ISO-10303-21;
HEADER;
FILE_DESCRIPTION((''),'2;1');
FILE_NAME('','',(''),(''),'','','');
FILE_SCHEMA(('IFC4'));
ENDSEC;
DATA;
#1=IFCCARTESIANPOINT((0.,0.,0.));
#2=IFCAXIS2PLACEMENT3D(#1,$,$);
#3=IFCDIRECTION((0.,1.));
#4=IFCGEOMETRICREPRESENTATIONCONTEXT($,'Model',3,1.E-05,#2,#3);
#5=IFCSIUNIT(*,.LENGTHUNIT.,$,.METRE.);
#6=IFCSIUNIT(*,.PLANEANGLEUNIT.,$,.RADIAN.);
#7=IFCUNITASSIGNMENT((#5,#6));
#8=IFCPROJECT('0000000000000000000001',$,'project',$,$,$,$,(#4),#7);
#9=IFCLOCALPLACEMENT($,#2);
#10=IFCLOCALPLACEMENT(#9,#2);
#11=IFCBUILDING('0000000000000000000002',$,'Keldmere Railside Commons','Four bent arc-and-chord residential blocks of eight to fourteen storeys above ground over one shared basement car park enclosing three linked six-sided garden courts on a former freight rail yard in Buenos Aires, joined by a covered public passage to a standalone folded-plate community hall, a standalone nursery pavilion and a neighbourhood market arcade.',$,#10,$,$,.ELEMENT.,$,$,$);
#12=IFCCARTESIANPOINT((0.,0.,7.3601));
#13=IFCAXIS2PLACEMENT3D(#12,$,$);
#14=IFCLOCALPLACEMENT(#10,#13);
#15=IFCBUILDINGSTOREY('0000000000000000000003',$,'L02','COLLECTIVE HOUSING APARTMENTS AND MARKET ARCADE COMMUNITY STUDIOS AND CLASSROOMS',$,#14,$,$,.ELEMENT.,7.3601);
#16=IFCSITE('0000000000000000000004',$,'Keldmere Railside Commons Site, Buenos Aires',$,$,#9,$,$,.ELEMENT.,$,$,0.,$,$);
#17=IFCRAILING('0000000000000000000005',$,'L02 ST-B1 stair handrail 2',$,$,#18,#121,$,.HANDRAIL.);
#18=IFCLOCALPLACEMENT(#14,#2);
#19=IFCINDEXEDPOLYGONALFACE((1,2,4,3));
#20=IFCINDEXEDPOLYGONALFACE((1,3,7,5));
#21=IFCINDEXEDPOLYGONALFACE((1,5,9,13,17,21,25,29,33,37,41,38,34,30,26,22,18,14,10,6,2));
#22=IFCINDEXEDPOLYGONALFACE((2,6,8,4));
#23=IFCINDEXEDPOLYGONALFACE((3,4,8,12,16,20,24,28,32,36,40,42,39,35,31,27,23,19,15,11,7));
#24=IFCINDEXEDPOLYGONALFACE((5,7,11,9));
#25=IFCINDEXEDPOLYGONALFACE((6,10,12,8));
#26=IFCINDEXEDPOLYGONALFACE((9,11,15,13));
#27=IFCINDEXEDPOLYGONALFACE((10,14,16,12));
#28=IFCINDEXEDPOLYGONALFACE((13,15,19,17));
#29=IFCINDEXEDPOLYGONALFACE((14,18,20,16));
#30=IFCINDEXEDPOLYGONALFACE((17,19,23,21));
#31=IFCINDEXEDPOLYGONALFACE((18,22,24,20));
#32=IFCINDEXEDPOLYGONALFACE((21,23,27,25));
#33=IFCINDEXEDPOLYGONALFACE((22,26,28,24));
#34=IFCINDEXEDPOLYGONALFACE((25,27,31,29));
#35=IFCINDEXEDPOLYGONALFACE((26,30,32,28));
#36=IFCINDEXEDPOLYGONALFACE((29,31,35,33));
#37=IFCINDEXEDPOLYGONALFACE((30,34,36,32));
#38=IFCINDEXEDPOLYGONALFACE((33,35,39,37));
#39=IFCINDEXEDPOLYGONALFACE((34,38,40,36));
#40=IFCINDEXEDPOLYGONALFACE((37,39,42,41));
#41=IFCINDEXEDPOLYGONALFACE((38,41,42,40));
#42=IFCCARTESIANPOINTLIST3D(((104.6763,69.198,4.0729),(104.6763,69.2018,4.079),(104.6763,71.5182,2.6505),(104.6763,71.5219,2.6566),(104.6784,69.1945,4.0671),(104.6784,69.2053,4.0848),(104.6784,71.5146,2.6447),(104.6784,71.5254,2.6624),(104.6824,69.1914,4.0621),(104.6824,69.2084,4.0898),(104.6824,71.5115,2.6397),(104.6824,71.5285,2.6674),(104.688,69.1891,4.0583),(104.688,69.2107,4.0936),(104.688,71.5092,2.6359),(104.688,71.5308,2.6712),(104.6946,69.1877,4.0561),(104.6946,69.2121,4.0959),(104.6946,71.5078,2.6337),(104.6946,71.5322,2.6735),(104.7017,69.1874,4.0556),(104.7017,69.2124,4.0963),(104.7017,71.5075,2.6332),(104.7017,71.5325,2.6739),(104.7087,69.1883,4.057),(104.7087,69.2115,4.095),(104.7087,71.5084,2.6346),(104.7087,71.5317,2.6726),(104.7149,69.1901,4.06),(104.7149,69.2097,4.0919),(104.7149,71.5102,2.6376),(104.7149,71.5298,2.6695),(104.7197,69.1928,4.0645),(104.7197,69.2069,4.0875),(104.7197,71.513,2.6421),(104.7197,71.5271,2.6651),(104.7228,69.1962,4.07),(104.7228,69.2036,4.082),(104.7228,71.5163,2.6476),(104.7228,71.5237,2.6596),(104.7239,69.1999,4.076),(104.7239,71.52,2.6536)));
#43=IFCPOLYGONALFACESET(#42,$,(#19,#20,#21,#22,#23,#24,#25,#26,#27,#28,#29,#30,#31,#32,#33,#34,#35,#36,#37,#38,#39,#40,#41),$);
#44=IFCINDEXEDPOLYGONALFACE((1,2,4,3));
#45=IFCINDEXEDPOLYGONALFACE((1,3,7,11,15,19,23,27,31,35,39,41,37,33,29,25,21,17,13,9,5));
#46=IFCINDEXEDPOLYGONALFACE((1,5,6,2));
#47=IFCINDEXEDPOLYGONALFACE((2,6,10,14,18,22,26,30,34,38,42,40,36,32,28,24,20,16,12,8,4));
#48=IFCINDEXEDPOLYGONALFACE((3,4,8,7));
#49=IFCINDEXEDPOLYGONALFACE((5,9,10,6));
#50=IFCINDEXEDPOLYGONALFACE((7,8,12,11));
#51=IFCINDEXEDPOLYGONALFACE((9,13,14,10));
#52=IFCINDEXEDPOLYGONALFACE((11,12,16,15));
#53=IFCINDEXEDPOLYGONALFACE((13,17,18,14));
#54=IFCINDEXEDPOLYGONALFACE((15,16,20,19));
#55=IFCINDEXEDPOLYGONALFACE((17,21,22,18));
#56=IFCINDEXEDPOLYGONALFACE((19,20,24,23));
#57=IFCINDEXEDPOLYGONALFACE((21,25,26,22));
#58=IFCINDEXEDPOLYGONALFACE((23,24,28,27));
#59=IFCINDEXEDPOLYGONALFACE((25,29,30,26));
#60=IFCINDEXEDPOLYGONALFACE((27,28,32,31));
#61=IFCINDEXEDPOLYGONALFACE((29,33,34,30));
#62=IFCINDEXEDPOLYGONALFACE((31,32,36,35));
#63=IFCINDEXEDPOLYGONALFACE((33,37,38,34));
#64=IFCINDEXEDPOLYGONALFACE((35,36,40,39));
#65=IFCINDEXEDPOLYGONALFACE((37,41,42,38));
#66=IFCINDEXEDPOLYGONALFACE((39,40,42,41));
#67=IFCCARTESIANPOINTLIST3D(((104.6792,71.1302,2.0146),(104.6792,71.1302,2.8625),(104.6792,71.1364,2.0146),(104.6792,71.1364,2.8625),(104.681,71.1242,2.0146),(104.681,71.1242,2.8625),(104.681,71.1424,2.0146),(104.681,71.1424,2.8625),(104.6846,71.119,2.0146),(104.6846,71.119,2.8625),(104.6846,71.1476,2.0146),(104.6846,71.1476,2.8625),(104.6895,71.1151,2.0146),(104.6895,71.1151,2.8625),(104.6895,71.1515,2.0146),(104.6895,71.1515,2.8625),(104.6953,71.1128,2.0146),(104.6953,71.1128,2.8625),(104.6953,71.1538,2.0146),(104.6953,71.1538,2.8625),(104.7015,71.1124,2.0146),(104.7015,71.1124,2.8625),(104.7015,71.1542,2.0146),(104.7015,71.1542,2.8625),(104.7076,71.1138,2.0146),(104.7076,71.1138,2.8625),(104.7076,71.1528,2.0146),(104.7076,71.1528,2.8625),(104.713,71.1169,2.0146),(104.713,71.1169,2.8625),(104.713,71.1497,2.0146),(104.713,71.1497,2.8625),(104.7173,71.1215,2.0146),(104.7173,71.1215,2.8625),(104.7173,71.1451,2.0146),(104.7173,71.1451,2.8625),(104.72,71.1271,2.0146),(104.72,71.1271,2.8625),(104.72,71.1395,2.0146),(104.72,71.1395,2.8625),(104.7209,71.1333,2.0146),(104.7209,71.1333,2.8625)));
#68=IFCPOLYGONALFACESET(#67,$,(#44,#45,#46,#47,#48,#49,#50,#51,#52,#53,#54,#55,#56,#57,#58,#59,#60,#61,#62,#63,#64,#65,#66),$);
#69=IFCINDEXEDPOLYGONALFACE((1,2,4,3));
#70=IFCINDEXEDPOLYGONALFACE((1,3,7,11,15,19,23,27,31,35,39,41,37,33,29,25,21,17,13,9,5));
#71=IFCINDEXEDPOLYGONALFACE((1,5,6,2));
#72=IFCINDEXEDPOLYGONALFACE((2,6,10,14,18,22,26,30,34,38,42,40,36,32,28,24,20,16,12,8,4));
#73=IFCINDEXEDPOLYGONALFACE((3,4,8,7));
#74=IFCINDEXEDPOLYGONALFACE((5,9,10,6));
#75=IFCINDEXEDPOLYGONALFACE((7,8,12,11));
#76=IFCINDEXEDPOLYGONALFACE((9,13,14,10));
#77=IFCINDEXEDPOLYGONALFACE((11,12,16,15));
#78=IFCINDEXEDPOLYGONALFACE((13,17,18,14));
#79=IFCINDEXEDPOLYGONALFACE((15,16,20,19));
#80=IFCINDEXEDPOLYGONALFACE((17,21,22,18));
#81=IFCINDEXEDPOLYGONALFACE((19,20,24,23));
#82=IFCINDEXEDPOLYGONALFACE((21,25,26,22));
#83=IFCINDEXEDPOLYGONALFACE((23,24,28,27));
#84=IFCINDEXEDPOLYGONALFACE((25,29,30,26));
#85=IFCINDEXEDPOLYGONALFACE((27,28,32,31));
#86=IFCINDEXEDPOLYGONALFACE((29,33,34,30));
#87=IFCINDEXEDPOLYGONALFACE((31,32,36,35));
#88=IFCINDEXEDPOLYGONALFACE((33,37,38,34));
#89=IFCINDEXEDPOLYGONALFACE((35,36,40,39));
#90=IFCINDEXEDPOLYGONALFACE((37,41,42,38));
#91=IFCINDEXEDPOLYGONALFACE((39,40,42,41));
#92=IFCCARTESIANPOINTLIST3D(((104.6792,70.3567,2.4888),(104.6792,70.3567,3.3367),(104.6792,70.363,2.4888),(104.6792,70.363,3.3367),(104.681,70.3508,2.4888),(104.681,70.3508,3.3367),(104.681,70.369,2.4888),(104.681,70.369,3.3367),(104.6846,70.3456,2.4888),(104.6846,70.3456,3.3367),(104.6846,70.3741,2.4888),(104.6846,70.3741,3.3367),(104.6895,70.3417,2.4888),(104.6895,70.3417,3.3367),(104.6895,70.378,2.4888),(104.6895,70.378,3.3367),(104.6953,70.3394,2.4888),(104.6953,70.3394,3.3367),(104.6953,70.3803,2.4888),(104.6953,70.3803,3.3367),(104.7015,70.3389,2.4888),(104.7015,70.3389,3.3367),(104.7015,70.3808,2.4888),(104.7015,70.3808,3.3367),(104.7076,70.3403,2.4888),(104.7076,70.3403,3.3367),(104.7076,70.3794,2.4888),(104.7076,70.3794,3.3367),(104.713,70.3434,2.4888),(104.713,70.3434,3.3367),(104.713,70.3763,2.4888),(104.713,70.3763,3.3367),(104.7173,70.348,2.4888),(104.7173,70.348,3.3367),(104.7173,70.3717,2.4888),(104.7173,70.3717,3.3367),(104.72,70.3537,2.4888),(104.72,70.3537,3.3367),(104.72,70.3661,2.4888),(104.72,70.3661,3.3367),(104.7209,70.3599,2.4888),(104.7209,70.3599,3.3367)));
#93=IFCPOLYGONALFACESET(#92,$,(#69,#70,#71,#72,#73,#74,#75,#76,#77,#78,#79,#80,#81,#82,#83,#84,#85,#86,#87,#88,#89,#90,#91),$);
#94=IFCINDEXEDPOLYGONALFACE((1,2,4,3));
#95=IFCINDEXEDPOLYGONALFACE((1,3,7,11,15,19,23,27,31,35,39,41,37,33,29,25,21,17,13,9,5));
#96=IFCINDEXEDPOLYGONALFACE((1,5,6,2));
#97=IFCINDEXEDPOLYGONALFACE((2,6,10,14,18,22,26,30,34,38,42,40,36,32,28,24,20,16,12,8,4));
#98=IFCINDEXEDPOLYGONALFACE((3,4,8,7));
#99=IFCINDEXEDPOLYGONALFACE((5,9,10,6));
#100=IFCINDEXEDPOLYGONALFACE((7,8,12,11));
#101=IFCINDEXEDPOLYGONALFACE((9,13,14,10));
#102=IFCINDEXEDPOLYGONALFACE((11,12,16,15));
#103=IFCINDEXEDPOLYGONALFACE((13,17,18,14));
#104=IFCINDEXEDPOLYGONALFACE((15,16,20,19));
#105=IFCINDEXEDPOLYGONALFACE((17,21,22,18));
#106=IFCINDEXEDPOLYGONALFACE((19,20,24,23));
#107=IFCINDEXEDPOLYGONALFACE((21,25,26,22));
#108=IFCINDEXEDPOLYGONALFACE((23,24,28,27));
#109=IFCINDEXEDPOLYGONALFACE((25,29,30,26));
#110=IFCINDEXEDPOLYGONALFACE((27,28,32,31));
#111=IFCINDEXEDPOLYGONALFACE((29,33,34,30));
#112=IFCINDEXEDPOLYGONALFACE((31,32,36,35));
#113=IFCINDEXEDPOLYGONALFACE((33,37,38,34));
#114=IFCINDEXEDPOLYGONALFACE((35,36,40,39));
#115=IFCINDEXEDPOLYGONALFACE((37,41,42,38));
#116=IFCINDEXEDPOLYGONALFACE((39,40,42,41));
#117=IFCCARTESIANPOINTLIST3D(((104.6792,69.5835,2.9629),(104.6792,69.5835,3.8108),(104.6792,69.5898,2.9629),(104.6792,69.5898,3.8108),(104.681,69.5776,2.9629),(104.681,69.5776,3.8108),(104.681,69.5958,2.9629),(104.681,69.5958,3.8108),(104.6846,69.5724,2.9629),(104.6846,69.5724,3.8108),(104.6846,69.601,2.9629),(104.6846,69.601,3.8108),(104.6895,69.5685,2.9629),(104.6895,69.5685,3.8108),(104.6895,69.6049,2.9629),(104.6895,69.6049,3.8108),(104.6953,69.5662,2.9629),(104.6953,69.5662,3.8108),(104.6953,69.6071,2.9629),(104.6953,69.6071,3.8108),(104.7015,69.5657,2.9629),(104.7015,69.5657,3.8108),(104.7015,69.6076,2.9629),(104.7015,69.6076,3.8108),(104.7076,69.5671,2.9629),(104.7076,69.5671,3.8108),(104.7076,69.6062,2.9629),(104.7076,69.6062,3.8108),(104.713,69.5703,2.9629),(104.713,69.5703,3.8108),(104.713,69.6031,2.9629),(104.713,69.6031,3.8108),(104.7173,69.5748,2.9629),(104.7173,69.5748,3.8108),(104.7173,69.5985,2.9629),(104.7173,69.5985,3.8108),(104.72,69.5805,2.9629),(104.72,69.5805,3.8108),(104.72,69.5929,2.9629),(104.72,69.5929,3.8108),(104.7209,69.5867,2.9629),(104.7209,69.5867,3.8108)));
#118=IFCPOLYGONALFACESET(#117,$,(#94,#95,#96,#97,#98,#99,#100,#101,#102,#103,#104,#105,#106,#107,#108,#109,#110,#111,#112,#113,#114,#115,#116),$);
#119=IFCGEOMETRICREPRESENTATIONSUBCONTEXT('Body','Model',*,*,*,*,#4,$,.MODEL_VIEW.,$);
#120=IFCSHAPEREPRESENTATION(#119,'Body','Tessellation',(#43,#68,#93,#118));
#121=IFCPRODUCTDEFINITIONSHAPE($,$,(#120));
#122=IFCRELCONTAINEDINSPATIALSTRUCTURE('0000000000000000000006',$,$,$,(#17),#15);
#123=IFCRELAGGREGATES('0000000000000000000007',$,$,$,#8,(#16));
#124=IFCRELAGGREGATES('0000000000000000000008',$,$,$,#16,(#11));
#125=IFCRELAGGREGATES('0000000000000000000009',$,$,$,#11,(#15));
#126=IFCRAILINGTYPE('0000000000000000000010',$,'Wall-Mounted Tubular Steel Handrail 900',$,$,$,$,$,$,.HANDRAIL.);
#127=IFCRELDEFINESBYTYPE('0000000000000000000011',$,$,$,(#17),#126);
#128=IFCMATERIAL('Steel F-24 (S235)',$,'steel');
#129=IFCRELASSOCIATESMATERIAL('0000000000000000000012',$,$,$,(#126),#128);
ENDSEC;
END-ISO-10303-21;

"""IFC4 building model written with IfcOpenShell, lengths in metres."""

from ifc_helpers import new_model, si_unit, direction, frame, origin, origin_2d, place, context, subcontext, project, spatial, circle, extrude, material, type_object, element, save


model = new_model("IFC4")

# Units and contexts
model_context = context("Model", 3, precision=1e-05, world=origin(), true_north=direction((0.0, 1.0)))
body_context = subcontext(model_context, "Body", "Model", "MODEL_VIEW")
ifc_project = project(units=[si_unit("LENGTHUNIT", "METRE"), si_unit("PLANEANGLEUNIT", "RADIAN")], contexts=[model_context])

# Site, building, storey
site_placement = place(None, origin())
site = spatial("IfcSite", under=ifc_project, at=site_placement, Name="Keldmere Railside Commons Site, Buenos Aires", CompositionType="ELEMENT", RefElevation=0.0)
building_placement = place(site_placement, origin())
building = spatial("IfcBuilding", under=site, at=building_placement, Name="Keldmere Railside Commons", Description="Four bent arc-and-chord residential blocks of eight to fourteen storeys above ground over one shared basement car park enclosing three linked six-sided garden courts on a former freight rail yard in Buenos Aires, joined by a covered public passage to a standalone folded-plate community hall, a standalone nursery pavilion and a neighbourhood market arcade.", CompositionType="ELEMENT")
storey_placement = place(building_placement, frame((0.0, 0.0, 7.3601)))
storey = spatial("IfcBuildingStorey", under=building, at=storey_placement, Name="L02", Description="COLLECTIVE HOUSING APARTMENTS AND MARKET ARCADE COMMUNITY STUDIOS AND CLASSROOMS", CompositionType="ELEMENT", Elevation=7.3601)

# Railing
ifc_material_1 = material(Name="Steel F-24 (S235)", Category="steel")
railing_type_1 = type_object("IfcRailingType", Name="Wall-Mounted Tubular Steel Handrail 900", PredefinedType="HANDRAIL", material=ifc_material_1)
railing_1_placement = place(storey_placement, frame((104.7, 71.52, 1.7776)))
element("IfcRailing", 1, at=railing_1_placement, inside=storey, type_object=railing_type_1, Name="L02 ST-B1 stair handrail 2", PredefinedType="HANDRAIL", context=body_context, shape_type="SweptSolid", body=[
    extrude(circle(Radius=0.0239, at=origin_2d()), frame((0.0, 0.0, 0.876), z_axis=(0.0, -0.852538, 0.522665), x_axis=(1.0, 0.0, 0.0)), (0.0, 0.0, 1.0), 2.7214),
    extrude(circle(Radius=0.021, at=origin_2d()), frame((0.0, -0.3867, 0.2371)), (0.0, 0.0, 1.0), 0.8479),
    extrude(circle(Radius=0.021, at=origin_2d()), frame((0.0, -1.1602, 0.7112)), (0.0, 0.0, 1.0), 0.8479),
    extrude(circle(Radius=0.021, at=origin_2d()), frame((0.0, -1.9333, 1.1853)), (0.0, 0.0, 1.0), 0.8479),
])

save(model, "model.ifc")
